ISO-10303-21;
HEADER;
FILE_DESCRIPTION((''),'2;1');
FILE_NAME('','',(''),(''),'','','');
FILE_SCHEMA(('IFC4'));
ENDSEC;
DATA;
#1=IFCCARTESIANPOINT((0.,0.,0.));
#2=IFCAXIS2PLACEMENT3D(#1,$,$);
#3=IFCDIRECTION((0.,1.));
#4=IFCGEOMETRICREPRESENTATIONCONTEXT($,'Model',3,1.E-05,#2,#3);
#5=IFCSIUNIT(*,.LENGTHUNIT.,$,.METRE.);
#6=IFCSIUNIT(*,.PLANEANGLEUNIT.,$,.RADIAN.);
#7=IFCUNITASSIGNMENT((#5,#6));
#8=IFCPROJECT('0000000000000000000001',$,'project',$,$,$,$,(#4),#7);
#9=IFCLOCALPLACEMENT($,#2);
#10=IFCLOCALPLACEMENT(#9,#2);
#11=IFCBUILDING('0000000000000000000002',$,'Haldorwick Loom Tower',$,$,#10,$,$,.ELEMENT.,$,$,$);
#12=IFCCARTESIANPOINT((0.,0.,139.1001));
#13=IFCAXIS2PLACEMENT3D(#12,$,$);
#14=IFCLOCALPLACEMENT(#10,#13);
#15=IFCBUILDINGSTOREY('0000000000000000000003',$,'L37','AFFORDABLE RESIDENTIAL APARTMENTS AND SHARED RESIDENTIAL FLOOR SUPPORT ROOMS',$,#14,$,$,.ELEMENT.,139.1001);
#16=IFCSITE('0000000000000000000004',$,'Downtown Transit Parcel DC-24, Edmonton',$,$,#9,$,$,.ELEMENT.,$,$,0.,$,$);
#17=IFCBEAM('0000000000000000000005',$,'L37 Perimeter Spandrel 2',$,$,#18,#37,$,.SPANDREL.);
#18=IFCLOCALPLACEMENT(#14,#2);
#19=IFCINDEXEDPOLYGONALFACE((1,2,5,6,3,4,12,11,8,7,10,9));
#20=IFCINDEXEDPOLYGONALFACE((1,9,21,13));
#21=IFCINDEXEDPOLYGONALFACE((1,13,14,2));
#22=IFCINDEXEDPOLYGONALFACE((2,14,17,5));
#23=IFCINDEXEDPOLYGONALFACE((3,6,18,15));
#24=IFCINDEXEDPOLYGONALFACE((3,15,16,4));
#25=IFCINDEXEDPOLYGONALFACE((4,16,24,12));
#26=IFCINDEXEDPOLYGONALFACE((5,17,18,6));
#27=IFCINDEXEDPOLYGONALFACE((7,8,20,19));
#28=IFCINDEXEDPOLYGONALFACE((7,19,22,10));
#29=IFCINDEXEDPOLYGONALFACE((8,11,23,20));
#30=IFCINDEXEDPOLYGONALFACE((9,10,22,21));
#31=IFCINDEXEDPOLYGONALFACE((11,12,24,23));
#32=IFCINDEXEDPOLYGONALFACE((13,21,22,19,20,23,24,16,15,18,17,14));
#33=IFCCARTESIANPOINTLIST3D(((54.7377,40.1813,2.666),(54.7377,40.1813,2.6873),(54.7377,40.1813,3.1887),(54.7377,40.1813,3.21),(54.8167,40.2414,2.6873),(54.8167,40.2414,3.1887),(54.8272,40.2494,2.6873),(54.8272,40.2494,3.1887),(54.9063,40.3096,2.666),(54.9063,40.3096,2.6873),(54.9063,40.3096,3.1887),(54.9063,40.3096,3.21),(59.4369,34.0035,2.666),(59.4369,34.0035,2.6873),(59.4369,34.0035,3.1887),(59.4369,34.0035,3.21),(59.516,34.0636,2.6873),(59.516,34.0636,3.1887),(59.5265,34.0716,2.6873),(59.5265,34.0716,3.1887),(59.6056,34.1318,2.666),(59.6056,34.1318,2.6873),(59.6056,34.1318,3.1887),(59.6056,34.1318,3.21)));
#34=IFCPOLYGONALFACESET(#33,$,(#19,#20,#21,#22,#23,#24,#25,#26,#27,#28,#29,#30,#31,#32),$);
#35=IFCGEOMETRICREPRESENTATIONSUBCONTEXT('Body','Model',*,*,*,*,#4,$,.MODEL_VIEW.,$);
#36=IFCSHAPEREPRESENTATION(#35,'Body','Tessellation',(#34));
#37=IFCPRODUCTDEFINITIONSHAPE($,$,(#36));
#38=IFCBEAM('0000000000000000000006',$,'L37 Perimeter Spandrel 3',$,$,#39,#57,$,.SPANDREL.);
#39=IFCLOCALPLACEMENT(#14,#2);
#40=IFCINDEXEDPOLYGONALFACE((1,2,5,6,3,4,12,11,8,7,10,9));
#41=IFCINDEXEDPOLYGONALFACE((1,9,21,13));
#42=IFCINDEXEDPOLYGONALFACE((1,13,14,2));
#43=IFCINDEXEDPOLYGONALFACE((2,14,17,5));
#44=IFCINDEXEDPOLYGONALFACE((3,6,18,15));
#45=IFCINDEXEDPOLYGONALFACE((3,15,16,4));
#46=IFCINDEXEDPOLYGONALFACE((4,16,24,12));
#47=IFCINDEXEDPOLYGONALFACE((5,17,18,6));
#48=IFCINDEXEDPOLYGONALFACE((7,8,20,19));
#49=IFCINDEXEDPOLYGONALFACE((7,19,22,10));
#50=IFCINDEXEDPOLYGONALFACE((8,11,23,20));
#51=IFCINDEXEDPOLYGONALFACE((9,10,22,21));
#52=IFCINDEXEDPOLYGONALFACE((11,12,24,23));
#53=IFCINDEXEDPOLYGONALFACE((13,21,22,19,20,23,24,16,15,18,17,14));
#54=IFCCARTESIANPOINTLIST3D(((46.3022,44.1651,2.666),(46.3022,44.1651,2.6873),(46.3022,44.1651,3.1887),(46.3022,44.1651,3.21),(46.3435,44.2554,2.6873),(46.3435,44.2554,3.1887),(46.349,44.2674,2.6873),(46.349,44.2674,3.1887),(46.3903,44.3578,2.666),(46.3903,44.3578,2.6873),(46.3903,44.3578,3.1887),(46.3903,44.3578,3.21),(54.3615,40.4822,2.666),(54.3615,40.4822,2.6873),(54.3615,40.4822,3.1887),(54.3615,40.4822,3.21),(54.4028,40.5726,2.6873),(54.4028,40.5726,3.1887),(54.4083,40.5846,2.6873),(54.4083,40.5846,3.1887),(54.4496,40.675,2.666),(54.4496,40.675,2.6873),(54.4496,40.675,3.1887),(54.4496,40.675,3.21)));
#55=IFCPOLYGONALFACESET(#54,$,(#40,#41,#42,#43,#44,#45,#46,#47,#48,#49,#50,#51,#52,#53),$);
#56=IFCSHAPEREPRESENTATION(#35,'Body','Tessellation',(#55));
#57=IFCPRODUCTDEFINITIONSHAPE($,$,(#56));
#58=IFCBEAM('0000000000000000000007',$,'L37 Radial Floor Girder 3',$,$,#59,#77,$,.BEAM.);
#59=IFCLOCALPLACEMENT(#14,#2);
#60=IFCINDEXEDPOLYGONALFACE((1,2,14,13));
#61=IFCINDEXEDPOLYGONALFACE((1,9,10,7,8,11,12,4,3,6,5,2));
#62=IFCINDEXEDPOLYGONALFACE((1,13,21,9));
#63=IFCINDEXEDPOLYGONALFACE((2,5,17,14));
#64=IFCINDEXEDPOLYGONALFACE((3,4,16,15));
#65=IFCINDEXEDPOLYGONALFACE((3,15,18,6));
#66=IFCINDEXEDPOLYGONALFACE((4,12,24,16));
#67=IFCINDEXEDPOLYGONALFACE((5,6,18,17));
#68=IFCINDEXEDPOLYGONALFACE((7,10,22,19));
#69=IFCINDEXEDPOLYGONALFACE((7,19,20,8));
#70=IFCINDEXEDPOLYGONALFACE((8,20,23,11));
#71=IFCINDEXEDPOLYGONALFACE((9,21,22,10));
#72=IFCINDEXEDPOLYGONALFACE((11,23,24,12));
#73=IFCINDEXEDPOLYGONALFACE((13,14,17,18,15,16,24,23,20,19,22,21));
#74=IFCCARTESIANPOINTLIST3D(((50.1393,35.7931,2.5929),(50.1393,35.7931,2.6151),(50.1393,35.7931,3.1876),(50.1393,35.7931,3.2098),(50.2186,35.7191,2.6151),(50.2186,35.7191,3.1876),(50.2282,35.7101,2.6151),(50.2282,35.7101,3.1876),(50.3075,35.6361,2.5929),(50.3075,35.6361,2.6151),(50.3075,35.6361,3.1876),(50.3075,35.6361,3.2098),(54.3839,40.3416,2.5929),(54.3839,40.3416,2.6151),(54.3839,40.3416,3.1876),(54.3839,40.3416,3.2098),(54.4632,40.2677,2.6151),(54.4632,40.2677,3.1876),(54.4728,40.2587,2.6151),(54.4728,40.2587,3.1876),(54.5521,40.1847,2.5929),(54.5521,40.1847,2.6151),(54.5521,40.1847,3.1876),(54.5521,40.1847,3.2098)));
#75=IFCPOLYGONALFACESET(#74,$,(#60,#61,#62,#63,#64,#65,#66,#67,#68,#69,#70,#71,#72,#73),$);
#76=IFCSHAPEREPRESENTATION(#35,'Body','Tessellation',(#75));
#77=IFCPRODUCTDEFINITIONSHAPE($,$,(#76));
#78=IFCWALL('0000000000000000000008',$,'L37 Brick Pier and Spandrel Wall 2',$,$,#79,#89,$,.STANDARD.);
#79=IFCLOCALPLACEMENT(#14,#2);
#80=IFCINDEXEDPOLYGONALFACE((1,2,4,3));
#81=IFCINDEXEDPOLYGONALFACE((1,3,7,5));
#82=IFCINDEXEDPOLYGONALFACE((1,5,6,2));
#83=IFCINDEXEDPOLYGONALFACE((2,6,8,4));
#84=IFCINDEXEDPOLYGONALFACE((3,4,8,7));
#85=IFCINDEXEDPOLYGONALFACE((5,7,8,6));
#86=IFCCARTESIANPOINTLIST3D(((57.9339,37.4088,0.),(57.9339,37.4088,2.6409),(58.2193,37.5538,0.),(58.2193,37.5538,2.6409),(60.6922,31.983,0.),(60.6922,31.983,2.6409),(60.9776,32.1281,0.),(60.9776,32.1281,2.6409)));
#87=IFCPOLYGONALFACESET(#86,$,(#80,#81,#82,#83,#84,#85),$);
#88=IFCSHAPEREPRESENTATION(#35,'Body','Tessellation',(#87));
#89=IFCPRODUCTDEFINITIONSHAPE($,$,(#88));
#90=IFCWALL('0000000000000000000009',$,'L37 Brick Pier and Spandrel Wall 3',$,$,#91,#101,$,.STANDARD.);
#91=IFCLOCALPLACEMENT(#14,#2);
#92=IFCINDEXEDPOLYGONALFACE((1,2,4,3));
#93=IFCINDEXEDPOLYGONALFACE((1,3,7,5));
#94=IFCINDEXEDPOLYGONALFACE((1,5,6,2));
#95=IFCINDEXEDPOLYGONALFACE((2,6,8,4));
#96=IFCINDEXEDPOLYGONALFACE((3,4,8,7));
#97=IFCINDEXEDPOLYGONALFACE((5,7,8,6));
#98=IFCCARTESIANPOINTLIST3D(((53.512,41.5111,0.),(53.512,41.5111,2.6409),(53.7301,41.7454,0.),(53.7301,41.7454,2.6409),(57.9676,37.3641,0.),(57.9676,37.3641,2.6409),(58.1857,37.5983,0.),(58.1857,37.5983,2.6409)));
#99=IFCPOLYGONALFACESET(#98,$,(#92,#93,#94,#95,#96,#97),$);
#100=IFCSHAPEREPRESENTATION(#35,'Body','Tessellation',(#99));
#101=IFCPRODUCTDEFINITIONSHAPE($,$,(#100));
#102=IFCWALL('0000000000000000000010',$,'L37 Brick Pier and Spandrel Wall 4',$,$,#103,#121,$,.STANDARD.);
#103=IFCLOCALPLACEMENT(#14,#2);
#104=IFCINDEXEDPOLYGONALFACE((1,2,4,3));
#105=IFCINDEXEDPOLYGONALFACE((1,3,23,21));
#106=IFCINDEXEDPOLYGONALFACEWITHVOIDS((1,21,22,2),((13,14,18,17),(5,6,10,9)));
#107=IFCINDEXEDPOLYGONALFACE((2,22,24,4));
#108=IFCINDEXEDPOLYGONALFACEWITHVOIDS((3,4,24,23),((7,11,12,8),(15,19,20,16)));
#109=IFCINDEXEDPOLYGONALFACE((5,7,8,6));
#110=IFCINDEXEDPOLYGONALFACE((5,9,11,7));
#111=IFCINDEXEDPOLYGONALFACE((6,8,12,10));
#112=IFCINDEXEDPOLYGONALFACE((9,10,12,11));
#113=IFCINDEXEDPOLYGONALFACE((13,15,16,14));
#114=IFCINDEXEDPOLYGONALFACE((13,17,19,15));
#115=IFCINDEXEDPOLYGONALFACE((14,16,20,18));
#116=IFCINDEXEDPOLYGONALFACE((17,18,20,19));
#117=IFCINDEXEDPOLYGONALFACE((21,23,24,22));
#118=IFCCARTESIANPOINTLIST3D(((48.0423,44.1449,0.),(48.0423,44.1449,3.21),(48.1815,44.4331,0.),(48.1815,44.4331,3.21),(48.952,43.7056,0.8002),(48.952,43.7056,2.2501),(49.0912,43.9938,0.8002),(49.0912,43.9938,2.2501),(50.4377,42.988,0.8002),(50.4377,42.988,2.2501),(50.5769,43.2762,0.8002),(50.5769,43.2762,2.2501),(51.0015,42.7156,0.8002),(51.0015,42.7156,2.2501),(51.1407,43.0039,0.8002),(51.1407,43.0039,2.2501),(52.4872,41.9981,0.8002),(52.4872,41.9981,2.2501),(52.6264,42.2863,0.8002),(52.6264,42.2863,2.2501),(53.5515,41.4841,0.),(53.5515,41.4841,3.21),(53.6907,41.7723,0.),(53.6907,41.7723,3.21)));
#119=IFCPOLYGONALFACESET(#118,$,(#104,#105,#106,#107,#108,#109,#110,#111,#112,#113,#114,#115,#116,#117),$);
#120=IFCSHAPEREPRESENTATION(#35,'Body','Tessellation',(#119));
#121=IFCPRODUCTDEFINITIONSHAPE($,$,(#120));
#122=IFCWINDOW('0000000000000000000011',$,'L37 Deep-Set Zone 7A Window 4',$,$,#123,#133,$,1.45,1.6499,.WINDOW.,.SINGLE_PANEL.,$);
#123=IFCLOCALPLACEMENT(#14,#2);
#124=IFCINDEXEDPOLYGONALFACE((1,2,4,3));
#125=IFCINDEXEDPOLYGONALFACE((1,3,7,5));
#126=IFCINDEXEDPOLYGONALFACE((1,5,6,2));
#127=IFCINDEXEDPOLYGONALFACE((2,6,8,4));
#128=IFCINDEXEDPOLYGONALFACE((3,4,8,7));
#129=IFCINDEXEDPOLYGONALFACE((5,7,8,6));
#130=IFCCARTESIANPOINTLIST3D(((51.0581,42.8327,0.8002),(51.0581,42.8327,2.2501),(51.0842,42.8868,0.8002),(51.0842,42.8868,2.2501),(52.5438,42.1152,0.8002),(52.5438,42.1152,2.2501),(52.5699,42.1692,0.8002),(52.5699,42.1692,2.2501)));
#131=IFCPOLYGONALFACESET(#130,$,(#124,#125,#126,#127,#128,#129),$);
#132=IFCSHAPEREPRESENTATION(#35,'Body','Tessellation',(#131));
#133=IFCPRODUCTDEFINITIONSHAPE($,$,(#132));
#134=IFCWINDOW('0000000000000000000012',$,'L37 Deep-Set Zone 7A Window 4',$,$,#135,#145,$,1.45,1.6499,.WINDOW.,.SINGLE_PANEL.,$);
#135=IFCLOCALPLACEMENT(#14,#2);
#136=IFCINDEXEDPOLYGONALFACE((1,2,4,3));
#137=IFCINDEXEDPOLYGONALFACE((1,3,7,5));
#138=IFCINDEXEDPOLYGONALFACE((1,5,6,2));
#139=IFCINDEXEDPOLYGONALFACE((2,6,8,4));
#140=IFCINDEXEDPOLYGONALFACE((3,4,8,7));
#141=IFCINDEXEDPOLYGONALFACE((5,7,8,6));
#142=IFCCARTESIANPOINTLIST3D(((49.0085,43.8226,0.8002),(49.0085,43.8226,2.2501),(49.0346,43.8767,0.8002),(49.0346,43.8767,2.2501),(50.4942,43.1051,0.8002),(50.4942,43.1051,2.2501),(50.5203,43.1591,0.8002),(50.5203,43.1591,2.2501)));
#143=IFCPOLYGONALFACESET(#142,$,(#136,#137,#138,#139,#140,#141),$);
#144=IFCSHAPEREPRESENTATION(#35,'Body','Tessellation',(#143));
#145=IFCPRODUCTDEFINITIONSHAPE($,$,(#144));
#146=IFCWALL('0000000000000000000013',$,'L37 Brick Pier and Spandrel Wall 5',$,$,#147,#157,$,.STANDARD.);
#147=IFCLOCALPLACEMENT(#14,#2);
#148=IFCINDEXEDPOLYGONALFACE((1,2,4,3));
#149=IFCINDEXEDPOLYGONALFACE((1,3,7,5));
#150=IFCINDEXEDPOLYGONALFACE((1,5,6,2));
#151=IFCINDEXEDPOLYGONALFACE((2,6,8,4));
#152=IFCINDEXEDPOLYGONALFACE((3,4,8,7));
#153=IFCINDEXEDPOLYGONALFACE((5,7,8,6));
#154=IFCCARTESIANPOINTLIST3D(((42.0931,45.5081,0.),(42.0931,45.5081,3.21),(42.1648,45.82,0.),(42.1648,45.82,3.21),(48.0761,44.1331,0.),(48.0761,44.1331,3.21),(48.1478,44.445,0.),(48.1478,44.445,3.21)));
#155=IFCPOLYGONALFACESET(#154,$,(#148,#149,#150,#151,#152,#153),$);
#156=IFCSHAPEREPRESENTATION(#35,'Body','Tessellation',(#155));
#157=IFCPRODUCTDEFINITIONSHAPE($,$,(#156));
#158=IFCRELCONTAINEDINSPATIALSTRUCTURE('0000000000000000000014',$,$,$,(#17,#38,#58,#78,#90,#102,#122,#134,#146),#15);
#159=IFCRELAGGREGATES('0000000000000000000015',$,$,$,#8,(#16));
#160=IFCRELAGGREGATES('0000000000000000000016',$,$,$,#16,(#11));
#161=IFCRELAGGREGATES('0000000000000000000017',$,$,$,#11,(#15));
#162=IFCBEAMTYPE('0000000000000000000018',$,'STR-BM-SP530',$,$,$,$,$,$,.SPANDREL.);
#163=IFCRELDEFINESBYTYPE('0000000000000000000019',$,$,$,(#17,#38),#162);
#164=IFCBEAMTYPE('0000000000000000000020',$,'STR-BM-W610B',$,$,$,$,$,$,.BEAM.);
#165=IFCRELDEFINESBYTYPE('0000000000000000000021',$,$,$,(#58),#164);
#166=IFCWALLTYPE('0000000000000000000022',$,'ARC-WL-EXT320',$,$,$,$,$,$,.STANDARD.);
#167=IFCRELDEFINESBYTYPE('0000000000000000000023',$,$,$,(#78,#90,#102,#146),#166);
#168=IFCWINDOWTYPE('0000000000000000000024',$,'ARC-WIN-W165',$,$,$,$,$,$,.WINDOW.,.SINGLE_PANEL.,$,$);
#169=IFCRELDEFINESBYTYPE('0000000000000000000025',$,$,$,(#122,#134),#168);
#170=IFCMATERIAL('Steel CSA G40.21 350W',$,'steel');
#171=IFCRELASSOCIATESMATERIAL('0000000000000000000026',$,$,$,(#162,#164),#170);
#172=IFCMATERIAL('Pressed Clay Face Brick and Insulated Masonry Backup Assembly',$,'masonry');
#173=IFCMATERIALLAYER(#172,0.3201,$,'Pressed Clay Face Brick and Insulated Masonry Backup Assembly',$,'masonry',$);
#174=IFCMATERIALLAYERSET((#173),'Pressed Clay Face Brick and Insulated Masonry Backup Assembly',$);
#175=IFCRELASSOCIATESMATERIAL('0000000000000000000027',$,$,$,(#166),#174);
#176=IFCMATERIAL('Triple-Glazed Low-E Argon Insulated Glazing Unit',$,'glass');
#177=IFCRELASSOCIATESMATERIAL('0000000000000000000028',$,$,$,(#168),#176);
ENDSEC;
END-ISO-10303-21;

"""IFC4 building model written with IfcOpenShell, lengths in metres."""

from ifc_helpers import new_model, si_unit, direction, frame, frame_2d, origin, origin_2d, place, context, subcontext, project, spatial, rectangle, i_section, extrude, material, layer, layer_set, material_profile, profile_set, type_object, element, fill, save


model = new_model("IFC4")

# Units and contexts
model_context = context("Model", 3, precision=1e-05, world=origin(), true_north=direction((0.0, 1.0)))
body_context = subcontext(model_context, "Body", "Model", "MODEL_VIEW")
ifc_project = project(units=[si_unit("LENGTHUNIT", "METRE"), si_unit("PLANEANGLEUNIT", "RADIAN")], contexts=[model_context])

# Site, building, storey
site_placement = place(None, origin())
site = spatial("IfcSite", under=ifc_project, at=site_placement, Name="Downtown Transit Parcel DC-24, Edmonton", CompositionType="ELEMENT", RefElevation=0.0)
building_placement = place(site_placement, origin())
building = spatial("IfcBuilding", under=site, at=building_placement, Name="Haldorwick Loom Tower", CompositionType="ELEMENT")
storey_placement = place(building_placement, frame((0.0, 0.0, 139.1001)))
storey = spatial("IfcBuildingStorey", under=building, at=storey_placement, Name="L37", Description="AFFORDABLE RESIDENTIAL APARTMENTS AND SHARED RESIDENTIAL FLOOR SUPPORT ROOMS", CompositionType="ELEMENT", Elevation=139.1001)

# Beams
ifc_material_1 = material(Name="Steel CSA G40.21 350W", Category="steel")
ifc_material_profile_1 = material_profile(ifc_material_1, i_section(OverallWidth=0.2119, OverallDepth=0.5439, WebThickness=0.0132, FlangeThickness=0.0212, at=origin_2d()), Name="W530X123", Category="steel")
ifc_profile_set_1 = profile_set([ifc_material_profile_1], Name="Steel CSA G40.21 350W")
beam_type_1 = type_object("IfcBeamType", Name="STR-BM-SP530", PredefinedType="SPANDREL", material=ifc_profile_set_1)
beam_1_placement = place(storey_placement, frame((59.5212, 34.0676, 2.938), z_axis=(-0.605421, 0.795905, 0.0), x_axis=(-0.795905, -0.605421, 0.0)))
element("IfcBeam", 1, at=beam_1_placement, inside=storey, type_object=beam_type_1, Name="L37 Perimeter Spandrel 2", PredefinedType="SPANDREL", context=body_context, shape_type="SweptSolid", body=[
    extrude(i_section(OverallWidth=0.2119, OverallDepth=0.5439, WebThickness=0.0132, FlangeThickness=0.0212, at=origin_2d()), origin(), (0.0, 0.0, 1.0), 7.762),
])
beam_2_placement = place(storey_placement, frame((54.4055, 40.5786, 2.938), z_axis=(-0.909534, 0.415629, 0.0), x_axis=(-0.415629, -0.909534, 0.0)))
element("IfcBeam", 2, at=beam_2_placement, inside=storey, type_object=beam_type_1, Name="L37 Perimeter Spandrel 3", PredefinedType="SPANDREL", context=body_context, shape_type="SweptSolid", body=[
    extrude(i_section(OverallWidth=0.2119, OverallDepth=0.5439, WebThickness=0.0132, FlangeThickness=0.0212, at=origin_2d()), origin(), (0.0, 0.0, 1.0), 8.8608),
])
ifc_material_profile_2 = material_profile(ifc_material_1, i_section(OverallWidth=0.23, OverallDepth=0.6169, WebThickness=0.0132, FlangeThickness=0.0222, at=origin_2d()), Name="W610X140", Category="steel")
ifc_profile_set_2 = profile_set([ifc_material_profile_2], Name="Steel CSA G40.21 350W")
beam_type_2 = type_object("IfcBeamType", Name="STR-BM-W610B", PredefinedType="BEAM", material=ifc_profile_set_2)
beam_3_placement = place(storey_placement, frame((50.2234, 35.7146, 2.9014), z_axis=(0.682257, 0.731113, 0.0), x_axis=(-0.731113, 0.682257, 0.0)))
element("IfcBeam", 3, at=beam_3_placement, inside=storey, type_object=beam_type_2, Name="L37 Radial Floor Girder 3", PredefinedType="BEAM", context=body_context, shape_type="SweptSolid", body=[
    extrude(i_section(OverallWidth=0.23, OverallDepth=0.6169, WebThickness=0.0132, FlangeThickness=0.0222, at=origin_2d()), origin(), (0.0, 0.0, 1.0), 6.2214),
])

# Walls
ifc_material_2 = material(Name="Pressed Clay Face Brick and Insulated Masonry Backup Assembly", Category="masonry")
ifc_layer_1 = layer(ifc_material_2, 0.3201, Name="Pressed Clay Face Brick and Insulated Masonry Backup Assembly", Category="masonry")
ifc_layer_set_1 = layer_set([ifc_layer_1], Name="Pressed Clay Face Brick and Insulated Masonry Backup Assembly")
wall_type_1 = type_object("IfcWallType", Name="ARC-WL-EXT320", PredefinedType="STANDARD", material=ifc_layer_set_1)
wall_1_placement = place(storey_placement, frame((60.835, 32.0554, 0.0), z_axis=(0.0, 0.0, 1.0), x_axis=(-0.453172, 0.891423, 0.0)))
element("IfcWall", 4, at=wall_1_placement, inside=storey, type_object=wall_type_1, Name="L37 Brick Pier and Spandrel Wall 2", PredefinedType="STANDARD", context=body_context, shape_type="SweptSolid", body=[
    extrude(rectangle(XDim=6.0867, YDim=0.3201, at=frame_2d((3.0435, 0.0))), origin(), (0.0, 0.0, 1.0), 2.6409),
])
wall_2_placement = place(storey_placement, frame((58.0767, 37.4812, 0.0), z_axis=(0.0, 0.0, 1.0), x_axis=(-0.732002, 0.681303, 0.0)))
element("IfcWall", 5, at=wall_2_placement, inside=storey, type_object=wall_type_1, Name="L37 Brick Pier and Spandrel Wall 3", PredefinedType="STANDARD", context=body_context, shape_type="SweptSolid", body=[
    extrude(rectangle(XDim=6.0869, YDim=0.3201, at=frame_2d((3.0435, 0.0))), origin(), (0.0, 0.0, 1.0), 2.6409),
])

# Wall, openings, windows
wall_3_placement = place(storey_placement, frame((53.6211, 41.6282, 0.0), z_axis=(0.0, 0.0, 1.0), x_axis=(-0.900472, 0.434913, 0.0)))
wall_3 = element("IfcWall", 6, at=wall_3_placement, inside=storey, type_object=wall_type_1, Name="L37 Brick Pier and Spandrel Wall 4", PredefinedType="STANDARD", context=body_context, shape_type="SweptSolid", body=[
    extrude(rectangle(XDim=6.1182, YDim=0.3201, at=frame_2d((3.0591, 0.0))), origin(), (0.0, 0.0, 1.0), 3.21),
])
opening_1_placement = place(wall_3_placement, frame((1.1819, 0.0, 0.8)))
opening_1 = element("IfcOpeningElement", 7, at=opening_1_placement, cuts=wall_3, PredefinedType="OPENING", context=body_context, shape_type="SweptSolid", body=[
    extrude(rectangle(XDim=1.6499, YDim=1.45, at=frame_2d((0.825, 0.7251))), frame((0.0, 0.1699, 0.0), z_axis=(0.0, -1.0, 0.0), x_axis=(1.0, 0.0, 0.0)), (0.0, 0.0, 1.0), 0.3401),
])
opening_2_placement = place(wall_3_placement, frame((3.458, 0.0, 0.8)))
opening_2 = element("IfcOpeningElement", 8, at=opening_2_placement, cuts=wall_3, PredefinedType="OPENING", context=body_context, shape_type="SweptSolid", body=[
    extrude(rectangle(XDim=1.6499, YDim=1.45, at=frame_2d((0.825, 0.7251))), frame((0.0, 0.1699, 0.0), z_axis=(0.0, -1.0, 0.0), x_axis=(1.0, 0.0, 0.0)), (0.0, 0.0, 1.0), 0.3401),
])
ifc_material_3 = material(Name="Triple-Glazed Low-E Argon Insulated Glazing Unit", Category="glass")
window_type = type_object("IfcWindowType", Name="ARC-WIN-W165", PartitioningType="SINGLE_PANEL", PredefinedType="WINDOW", material=ifc_material_3)
window_1_placement = place(opening_1_placement, origin())
window_1 = element("IfcWindow", 9, at=window_1_placement, inside=storey, type_object=window_type, Name="L37 Deep-Set Zone 7A Window 4", OverallHeight=1.45, OverallWidth=1.6499, PartitioningType="SINGLE_PANEL", PredefinedType="WINDOW", context=body_context, shape_type="SweptSolid", body=[
    extrude(rectangle(XDim=1.6499, YDim=1.45, at=frame_2d((0.825, 0.7251))), frame((0.0, 0.03, 0.0), z_axis=(0.0, -1.0, 0.0), x_axis=(1.0, 0.0, 0.0)), (0.0, 0.0, 1.0), 0.0601),
])
fill(opening_1, window_1)
window_2_placement = place(opening_2_placement, origin())
window_2 = element("IfcWindow", 10, at=window_2_placement, inside=storey, type_object=window_type, Name="L37 Deep-Set Zone 7A Window 4", OverallHeight=1.45, OverallWidth=1.6499, PartitioningType="SINGLE_PANEL", PredefinedType="WINDOW", context=body_context, shape_type="SweptSolid", body=[
    extrude(rectangle(XDim=1.6499, YDim=1.45, at=frame_2d((0.825, 0.7251))), frame((0.0, 0.03, 0.0), z_axis=(0.0, -1.0, 0.0), x_axis=(1.0, 0.0, 0.0)), (0.0, 0.0, 1.0), 0.0601),
])
fill(opening_2, window_2)

# Wall
wall_4_placement = place(storey_placement, frame((48.1118, 44.2891, 0.0), z_axis=(0.0, 0.0, 1.0), x_axis=(-0.974593, 0.223982, 0.0)))
element("IfcWall", 11, at=wall_4_placement, inside=storey, type_object=wall_type_1, Name="L37 Brick Pier and Spandrel Wall 5", PredefinedType="STANDARD", context=body_context, shape_type="SweptSolid", body=[
    extrude(rectangle(XDim=6.1389, YDim=0.3201, at=frame_2d((3.0693, 0.0))), origin(), (0.0, 0.0, 1.0), 3.21),
])

save(model, "model.ifc")
